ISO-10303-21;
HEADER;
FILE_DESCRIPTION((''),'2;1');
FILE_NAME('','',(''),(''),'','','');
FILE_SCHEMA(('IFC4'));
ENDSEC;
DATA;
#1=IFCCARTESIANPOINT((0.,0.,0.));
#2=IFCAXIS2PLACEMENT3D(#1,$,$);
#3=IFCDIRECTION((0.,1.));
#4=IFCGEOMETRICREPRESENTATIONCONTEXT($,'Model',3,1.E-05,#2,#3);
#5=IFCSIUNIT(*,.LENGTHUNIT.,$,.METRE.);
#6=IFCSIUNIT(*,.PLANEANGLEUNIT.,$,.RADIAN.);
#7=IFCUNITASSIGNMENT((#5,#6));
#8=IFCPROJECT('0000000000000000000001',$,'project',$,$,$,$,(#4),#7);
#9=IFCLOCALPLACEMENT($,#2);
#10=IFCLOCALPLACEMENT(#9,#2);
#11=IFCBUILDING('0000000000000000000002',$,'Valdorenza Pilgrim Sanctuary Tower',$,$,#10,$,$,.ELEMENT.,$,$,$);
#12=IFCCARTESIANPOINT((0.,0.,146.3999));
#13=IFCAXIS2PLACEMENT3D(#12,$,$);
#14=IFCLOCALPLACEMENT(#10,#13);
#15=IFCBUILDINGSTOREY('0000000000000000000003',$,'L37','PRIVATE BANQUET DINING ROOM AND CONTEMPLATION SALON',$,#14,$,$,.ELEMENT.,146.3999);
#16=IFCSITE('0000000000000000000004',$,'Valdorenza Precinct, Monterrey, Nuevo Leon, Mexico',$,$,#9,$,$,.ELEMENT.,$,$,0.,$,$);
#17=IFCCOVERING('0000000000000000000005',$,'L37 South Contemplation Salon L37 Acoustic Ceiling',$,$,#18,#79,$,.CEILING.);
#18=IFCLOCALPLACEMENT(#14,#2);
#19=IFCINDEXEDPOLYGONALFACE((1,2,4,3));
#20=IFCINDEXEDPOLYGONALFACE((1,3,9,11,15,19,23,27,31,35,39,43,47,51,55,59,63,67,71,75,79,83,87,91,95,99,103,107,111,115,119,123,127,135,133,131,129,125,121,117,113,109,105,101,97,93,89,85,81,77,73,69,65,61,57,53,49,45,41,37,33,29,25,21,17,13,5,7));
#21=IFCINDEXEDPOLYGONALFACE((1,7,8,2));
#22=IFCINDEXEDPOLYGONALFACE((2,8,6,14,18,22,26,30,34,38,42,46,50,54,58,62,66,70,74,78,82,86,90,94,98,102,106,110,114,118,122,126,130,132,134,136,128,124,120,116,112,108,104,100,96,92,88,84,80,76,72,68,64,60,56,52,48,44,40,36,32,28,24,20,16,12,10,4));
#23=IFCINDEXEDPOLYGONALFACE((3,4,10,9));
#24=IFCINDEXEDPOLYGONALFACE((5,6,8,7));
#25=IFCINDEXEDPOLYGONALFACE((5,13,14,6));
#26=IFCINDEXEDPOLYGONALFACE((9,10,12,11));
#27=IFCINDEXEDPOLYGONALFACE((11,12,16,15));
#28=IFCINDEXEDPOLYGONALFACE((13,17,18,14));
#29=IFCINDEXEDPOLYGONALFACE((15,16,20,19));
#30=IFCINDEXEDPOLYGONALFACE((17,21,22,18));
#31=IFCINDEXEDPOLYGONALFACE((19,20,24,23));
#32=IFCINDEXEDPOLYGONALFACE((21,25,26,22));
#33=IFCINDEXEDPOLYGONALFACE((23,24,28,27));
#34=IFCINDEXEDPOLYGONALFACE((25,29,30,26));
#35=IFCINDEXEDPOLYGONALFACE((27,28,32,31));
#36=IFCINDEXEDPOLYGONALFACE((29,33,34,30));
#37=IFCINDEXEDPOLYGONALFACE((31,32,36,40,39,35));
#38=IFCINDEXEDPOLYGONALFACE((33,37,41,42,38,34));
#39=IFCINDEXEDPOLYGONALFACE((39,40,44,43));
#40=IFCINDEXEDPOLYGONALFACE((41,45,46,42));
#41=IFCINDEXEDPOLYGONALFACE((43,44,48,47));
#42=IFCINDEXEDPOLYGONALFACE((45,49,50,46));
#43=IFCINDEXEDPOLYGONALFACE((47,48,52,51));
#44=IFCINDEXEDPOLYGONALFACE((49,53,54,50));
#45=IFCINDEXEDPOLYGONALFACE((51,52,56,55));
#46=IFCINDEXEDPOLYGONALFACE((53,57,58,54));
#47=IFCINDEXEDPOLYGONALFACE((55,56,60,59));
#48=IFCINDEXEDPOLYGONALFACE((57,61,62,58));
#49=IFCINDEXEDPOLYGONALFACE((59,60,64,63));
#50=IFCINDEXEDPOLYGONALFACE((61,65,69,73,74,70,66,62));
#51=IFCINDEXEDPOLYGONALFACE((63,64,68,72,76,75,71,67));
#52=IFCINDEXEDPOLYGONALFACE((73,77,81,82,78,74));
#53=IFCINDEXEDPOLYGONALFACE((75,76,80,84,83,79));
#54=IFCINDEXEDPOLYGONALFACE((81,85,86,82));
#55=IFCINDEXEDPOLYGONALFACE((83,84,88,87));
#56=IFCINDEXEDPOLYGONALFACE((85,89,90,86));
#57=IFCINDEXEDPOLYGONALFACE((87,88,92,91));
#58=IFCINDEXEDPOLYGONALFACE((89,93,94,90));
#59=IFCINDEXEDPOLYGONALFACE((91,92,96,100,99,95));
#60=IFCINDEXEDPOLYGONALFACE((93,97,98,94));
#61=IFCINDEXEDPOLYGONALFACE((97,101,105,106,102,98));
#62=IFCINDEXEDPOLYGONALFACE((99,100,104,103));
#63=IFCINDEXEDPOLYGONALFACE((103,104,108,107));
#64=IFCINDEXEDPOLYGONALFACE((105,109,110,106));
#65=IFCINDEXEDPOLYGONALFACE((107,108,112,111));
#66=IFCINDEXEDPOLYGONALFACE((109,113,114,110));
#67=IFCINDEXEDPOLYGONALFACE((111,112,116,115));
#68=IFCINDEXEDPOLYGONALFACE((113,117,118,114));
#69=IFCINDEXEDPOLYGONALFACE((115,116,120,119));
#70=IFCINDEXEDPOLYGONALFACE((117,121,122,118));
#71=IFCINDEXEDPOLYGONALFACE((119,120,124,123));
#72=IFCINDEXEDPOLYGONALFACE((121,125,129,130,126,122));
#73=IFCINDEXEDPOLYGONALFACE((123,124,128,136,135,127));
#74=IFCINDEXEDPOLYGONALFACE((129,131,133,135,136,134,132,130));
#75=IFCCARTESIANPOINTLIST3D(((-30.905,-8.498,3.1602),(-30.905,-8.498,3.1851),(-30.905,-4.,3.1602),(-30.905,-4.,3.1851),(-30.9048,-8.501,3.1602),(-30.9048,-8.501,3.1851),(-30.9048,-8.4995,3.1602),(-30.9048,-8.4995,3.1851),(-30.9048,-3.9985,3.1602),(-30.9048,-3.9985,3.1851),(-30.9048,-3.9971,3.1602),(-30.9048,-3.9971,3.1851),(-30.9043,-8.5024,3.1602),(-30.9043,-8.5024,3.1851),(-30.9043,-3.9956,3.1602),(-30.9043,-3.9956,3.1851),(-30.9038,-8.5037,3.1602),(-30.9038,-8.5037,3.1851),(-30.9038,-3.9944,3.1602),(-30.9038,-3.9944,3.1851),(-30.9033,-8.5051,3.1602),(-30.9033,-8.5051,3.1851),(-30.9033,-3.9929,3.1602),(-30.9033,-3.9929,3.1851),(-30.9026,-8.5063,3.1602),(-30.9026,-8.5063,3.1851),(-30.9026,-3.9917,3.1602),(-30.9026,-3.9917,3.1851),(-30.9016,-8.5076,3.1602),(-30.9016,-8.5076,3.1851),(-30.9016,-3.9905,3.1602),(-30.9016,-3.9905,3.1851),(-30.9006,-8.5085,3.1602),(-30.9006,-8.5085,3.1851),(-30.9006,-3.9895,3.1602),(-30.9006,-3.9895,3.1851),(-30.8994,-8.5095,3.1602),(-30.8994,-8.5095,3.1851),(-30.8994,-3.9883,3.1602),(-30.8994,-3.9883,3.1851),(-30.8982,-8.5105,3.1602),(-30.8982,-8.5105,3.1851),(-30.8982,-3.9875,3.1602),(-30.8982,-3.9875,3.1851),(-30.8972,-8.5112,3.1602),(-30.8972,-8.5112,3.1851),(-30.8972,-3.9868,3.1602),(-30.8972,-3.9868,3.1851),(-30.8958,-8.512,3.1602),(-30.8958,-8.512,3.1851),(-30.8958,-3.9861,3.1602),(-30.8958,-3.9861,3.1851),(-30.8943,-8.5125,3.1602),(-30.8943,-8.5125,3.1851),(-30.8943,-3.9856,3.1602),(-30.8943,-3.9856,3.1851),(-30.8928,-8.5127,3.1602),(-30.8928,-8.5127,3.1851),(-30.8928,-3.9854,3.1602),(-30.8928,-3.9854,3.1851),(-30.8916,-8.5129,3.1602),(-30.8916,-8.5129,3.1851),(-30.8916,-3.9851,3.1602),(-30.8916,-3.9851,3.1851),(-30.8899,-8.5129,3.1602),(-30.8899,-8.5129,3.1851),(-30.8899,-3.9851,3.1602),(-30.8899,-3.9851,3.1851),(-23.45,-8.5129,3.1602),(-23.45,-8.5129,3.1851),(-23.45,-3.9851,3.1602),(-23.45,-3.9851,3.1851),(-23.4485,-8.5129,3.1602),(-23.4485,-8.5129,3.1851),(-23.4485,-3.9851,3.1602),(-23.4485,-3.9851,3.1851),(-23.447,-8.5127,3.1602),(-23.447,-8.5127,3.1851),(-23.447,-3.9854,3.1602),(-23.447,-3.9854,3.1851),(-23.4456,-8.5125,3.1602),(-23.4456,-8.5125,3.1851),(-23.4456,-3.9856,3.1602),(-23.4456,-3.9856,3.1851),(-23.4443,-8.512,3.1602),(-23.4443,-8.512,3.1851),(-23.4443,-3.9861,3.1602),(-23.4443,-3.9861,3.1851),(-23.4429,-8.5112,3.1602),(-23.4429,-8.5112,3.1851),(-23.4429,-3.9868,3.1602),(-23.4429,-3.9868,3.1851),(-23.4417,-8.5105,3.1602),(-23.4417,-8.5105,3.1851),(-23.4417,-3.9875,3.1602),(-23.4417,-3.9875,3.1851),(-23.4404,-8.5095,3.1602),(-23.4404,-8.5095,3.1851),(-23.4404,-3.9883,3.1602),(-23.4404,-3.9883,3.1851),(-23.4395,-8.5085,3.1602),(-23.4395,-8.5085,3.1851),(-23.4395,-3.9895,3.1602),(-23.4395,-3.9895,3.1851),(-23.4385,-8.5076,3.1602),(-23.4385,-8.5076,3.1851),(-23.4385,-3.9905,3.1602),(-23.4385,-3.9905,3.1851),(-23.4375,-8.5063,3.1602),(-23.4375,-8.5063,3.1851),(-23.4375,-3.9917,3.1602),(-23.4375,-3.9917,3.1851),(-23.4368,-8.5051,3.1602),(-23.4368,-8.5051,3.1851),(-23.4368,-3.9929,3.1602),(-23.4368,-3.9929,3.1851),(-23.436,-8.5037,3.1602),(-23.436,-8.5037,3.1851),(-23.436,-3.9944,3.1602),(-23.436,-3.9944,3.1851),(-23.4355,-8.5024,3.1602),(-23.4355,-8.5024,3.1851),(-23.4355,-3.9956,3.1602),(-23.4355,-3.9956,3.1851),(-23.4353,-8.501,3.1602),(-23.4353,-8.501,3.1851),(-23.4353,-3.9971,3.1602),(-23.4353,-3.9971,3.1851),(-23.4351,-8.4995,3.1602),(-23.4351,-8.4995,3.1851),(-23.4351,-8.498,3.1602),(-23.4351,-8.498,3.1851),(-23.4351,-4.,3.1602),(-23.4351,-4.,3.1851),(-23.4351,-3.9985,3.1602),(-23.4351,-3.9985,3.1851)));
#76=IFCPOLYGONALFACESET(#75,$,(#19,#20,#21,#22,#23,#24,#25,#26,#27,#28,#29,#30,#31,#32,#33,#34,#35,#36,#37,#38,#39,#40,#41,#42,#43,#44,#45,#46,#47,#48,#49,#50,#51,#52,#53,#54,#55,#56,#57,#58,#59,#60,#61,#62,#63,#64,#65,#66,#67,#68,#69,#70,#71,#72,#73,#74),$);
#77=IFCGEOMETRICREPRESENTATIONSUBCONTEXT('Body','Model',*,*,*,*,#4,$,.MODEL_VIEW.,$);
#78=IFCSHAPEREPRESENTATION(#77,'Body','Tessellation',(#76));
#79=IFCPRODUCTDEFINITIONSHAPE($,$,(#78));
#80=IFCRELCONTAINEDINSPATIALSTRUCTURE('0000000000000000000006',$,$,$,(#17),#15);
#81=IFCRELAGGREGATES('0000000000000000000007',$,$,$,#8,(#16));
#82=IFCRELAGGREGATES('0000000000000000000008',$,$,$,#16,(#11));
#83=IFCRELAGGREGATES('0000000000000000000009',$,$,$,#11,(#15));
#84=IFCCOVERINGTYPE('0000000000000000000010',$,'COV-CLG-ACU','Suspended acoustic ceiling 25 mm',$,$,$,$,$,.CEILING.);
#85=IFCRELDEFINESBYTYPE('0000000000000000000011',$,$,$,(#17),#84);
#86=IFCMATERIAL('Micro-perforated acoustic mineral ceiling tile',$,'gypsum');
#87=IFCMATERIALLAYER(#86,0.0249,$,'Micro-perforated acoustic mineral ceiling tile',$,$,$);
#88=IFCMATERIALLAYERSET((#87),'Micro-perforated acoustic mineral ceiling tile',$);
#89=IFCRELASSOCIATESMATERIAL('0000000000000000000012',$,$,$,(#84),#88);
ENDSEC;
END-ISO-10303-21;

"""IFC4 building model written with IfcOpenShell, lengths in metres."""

from ifc_helpers import new_model, si_unit, direction, frame, origin, place, context, subcontext, project, spatial, polyline, outline, extrude, material, layer, layer_set, type_object, element, save


model = new_model("IFC4")

# Units and contexts
model_context = context("Model", 3, precision=1e-05, world=origin(), true_north=direction((0.0, 1.0)))
body_context = subcontext(model_context, "Body", "Model", "MODEL_VIEW")
ifc_project = project(units=[si_unit("LENGTHUNIT", "METRE"), si_unit("PLANEANGLEUNIT", "RADIAN")], contexts=[model_context])

# Site, building, storey
site_placement = place(None, origin())
site = spatial("IfcSite", under=ifc_project, at=site_placement, Name="Valdorenza Precinct, Monterrey, Nuevo Leon, Mexico", CompositionType="ELEMENT", RefElevation=0.0)
building_placement = place(site_placement, origin())
building = spatial("IfcBuilding", under=site, at=building_placement, Name="Valdorenza Pilgrim Sanctuary Tower", CompositionType="ELEMENT")
storey_placement = place(building_placement, frame((0.0, 0.0, 146.3999)))
storey = spatial("IfcBuildingStorey", under=building, at=storey_placement, Name="L37", Description="PRIVATE BANQUET DINING ROOM AND CONTEMPLATION SALON", CompositionType="ELEMENT", Elevation=146.3999)

# Covering
ifc_material_1 = material(Name="Micro-perforated acoustic mineral ceiling tile", Category="gypsum")
ifc_layer_1 = layer(ifc_material_1, 0.0249, Name="Micro-perforated acoustic mineral ceiling tile")
ifc_layer_set_1 = layer_set([ifc_layer_1], Name="Micro-perforated acoustic mineral ceiling tile")
covering_type_1 = type_object("IfcCoveringType", Name="COV-CLG-ACU", Description="Suspended acoustic ceiling 25 mm", PredefinedType="CEILING", material=ifc_layer_set_1)
covering_1_placement = place(storey_placement, frame((0.0, 0.0, 3.1602)))
element("IfcCovering", 1, at=covering_1_placement, inside=storey, type_object=covering_type_1, Name="L37 South Contemplation Salon L37 Acoustic Ceiling", PredefinedType="CEILING", context=body_context, shape_type="SweptSolid", body=[
    extrude(outline(polyline([(-23.4351, -8.498), (-23.4351, -8.4995), (-23.4353, -8.501), (-23.4355, -8.5024), (-23.436, -8.5037), (-23.4368, -8.5051), (-23.4375, -8.5063), (-23.4385, -8.5076), (-23.4395, -8.5085), (-23.4404, -8.5095), (-23.4417, -8.5105), (-23.4429, -8.5112), (-23.4443, -8.512), (-23.4456, -8.5125), (-23.447, -8.5127), (-23.4485, -8.5129), (-23.45, -8.5129), (-30.8899, -8.5129), (-30.8916, -8.5129), (-30.8928, -8.5127), (-30.8943, -8.5125), (-30.8958, -8.512), (-30.8972, -8.5112), (-30.8982, -8.5105), (-30.8994, -8.5095), (-30.9006, -8.5085), (-30.9016, -8.5076), (-30.9026, -8.5063), (-30.9033, -8.5051), (-30.9038, -8.5037), (-30.9043, -8.5024), (-30.9048, -8.501), (-30.9048, -8.4995), (-30.905, -8.498), (-30.905, -4.0), (-30.9048, -3.9985), (-30.9048, -3.9971), (-30.9043, -3.9956), (-30.9038, -3.9944), (-30.9033, -3.9929), (-30.9026, -3.9917), (-30.9016, -3.9905), (-30.9006, -3.9895), (-30.8994, -3.9883), (-30.8982, -3.9875), (-30.8972, -3.9868), (-30.8958, -3.9861), (-30.8943, -3.9856), (-30.8928, -3.9854), (-30.8916, -3.9851), (-30.8899, -3.9851), (-23.45, -3.9851), (-23.4485, -3.9851), (-23.447, -3.9854), (-23.4456, -3.9856), (-23.4443, -3.9861), (-23.4429, -3.9868), (-23.4417, -3.9875), (-23.4404, -3.9883), (-23.4395, -3.9895), (-23.4385, -3.9905), (-23.4375, -3.9917), (-23.4368, -3.9929), (-23.436, -3.9944), (-23.4355, -3.9956), (-23.4353, -3.9971), (-23.4351, -3.9985), (-23.4351, -4.0), (-23.4351, -8.498)])), origin(), (0.0, 0.0, 1.0), 0.0249),
])

save(model, "model.ifc")
